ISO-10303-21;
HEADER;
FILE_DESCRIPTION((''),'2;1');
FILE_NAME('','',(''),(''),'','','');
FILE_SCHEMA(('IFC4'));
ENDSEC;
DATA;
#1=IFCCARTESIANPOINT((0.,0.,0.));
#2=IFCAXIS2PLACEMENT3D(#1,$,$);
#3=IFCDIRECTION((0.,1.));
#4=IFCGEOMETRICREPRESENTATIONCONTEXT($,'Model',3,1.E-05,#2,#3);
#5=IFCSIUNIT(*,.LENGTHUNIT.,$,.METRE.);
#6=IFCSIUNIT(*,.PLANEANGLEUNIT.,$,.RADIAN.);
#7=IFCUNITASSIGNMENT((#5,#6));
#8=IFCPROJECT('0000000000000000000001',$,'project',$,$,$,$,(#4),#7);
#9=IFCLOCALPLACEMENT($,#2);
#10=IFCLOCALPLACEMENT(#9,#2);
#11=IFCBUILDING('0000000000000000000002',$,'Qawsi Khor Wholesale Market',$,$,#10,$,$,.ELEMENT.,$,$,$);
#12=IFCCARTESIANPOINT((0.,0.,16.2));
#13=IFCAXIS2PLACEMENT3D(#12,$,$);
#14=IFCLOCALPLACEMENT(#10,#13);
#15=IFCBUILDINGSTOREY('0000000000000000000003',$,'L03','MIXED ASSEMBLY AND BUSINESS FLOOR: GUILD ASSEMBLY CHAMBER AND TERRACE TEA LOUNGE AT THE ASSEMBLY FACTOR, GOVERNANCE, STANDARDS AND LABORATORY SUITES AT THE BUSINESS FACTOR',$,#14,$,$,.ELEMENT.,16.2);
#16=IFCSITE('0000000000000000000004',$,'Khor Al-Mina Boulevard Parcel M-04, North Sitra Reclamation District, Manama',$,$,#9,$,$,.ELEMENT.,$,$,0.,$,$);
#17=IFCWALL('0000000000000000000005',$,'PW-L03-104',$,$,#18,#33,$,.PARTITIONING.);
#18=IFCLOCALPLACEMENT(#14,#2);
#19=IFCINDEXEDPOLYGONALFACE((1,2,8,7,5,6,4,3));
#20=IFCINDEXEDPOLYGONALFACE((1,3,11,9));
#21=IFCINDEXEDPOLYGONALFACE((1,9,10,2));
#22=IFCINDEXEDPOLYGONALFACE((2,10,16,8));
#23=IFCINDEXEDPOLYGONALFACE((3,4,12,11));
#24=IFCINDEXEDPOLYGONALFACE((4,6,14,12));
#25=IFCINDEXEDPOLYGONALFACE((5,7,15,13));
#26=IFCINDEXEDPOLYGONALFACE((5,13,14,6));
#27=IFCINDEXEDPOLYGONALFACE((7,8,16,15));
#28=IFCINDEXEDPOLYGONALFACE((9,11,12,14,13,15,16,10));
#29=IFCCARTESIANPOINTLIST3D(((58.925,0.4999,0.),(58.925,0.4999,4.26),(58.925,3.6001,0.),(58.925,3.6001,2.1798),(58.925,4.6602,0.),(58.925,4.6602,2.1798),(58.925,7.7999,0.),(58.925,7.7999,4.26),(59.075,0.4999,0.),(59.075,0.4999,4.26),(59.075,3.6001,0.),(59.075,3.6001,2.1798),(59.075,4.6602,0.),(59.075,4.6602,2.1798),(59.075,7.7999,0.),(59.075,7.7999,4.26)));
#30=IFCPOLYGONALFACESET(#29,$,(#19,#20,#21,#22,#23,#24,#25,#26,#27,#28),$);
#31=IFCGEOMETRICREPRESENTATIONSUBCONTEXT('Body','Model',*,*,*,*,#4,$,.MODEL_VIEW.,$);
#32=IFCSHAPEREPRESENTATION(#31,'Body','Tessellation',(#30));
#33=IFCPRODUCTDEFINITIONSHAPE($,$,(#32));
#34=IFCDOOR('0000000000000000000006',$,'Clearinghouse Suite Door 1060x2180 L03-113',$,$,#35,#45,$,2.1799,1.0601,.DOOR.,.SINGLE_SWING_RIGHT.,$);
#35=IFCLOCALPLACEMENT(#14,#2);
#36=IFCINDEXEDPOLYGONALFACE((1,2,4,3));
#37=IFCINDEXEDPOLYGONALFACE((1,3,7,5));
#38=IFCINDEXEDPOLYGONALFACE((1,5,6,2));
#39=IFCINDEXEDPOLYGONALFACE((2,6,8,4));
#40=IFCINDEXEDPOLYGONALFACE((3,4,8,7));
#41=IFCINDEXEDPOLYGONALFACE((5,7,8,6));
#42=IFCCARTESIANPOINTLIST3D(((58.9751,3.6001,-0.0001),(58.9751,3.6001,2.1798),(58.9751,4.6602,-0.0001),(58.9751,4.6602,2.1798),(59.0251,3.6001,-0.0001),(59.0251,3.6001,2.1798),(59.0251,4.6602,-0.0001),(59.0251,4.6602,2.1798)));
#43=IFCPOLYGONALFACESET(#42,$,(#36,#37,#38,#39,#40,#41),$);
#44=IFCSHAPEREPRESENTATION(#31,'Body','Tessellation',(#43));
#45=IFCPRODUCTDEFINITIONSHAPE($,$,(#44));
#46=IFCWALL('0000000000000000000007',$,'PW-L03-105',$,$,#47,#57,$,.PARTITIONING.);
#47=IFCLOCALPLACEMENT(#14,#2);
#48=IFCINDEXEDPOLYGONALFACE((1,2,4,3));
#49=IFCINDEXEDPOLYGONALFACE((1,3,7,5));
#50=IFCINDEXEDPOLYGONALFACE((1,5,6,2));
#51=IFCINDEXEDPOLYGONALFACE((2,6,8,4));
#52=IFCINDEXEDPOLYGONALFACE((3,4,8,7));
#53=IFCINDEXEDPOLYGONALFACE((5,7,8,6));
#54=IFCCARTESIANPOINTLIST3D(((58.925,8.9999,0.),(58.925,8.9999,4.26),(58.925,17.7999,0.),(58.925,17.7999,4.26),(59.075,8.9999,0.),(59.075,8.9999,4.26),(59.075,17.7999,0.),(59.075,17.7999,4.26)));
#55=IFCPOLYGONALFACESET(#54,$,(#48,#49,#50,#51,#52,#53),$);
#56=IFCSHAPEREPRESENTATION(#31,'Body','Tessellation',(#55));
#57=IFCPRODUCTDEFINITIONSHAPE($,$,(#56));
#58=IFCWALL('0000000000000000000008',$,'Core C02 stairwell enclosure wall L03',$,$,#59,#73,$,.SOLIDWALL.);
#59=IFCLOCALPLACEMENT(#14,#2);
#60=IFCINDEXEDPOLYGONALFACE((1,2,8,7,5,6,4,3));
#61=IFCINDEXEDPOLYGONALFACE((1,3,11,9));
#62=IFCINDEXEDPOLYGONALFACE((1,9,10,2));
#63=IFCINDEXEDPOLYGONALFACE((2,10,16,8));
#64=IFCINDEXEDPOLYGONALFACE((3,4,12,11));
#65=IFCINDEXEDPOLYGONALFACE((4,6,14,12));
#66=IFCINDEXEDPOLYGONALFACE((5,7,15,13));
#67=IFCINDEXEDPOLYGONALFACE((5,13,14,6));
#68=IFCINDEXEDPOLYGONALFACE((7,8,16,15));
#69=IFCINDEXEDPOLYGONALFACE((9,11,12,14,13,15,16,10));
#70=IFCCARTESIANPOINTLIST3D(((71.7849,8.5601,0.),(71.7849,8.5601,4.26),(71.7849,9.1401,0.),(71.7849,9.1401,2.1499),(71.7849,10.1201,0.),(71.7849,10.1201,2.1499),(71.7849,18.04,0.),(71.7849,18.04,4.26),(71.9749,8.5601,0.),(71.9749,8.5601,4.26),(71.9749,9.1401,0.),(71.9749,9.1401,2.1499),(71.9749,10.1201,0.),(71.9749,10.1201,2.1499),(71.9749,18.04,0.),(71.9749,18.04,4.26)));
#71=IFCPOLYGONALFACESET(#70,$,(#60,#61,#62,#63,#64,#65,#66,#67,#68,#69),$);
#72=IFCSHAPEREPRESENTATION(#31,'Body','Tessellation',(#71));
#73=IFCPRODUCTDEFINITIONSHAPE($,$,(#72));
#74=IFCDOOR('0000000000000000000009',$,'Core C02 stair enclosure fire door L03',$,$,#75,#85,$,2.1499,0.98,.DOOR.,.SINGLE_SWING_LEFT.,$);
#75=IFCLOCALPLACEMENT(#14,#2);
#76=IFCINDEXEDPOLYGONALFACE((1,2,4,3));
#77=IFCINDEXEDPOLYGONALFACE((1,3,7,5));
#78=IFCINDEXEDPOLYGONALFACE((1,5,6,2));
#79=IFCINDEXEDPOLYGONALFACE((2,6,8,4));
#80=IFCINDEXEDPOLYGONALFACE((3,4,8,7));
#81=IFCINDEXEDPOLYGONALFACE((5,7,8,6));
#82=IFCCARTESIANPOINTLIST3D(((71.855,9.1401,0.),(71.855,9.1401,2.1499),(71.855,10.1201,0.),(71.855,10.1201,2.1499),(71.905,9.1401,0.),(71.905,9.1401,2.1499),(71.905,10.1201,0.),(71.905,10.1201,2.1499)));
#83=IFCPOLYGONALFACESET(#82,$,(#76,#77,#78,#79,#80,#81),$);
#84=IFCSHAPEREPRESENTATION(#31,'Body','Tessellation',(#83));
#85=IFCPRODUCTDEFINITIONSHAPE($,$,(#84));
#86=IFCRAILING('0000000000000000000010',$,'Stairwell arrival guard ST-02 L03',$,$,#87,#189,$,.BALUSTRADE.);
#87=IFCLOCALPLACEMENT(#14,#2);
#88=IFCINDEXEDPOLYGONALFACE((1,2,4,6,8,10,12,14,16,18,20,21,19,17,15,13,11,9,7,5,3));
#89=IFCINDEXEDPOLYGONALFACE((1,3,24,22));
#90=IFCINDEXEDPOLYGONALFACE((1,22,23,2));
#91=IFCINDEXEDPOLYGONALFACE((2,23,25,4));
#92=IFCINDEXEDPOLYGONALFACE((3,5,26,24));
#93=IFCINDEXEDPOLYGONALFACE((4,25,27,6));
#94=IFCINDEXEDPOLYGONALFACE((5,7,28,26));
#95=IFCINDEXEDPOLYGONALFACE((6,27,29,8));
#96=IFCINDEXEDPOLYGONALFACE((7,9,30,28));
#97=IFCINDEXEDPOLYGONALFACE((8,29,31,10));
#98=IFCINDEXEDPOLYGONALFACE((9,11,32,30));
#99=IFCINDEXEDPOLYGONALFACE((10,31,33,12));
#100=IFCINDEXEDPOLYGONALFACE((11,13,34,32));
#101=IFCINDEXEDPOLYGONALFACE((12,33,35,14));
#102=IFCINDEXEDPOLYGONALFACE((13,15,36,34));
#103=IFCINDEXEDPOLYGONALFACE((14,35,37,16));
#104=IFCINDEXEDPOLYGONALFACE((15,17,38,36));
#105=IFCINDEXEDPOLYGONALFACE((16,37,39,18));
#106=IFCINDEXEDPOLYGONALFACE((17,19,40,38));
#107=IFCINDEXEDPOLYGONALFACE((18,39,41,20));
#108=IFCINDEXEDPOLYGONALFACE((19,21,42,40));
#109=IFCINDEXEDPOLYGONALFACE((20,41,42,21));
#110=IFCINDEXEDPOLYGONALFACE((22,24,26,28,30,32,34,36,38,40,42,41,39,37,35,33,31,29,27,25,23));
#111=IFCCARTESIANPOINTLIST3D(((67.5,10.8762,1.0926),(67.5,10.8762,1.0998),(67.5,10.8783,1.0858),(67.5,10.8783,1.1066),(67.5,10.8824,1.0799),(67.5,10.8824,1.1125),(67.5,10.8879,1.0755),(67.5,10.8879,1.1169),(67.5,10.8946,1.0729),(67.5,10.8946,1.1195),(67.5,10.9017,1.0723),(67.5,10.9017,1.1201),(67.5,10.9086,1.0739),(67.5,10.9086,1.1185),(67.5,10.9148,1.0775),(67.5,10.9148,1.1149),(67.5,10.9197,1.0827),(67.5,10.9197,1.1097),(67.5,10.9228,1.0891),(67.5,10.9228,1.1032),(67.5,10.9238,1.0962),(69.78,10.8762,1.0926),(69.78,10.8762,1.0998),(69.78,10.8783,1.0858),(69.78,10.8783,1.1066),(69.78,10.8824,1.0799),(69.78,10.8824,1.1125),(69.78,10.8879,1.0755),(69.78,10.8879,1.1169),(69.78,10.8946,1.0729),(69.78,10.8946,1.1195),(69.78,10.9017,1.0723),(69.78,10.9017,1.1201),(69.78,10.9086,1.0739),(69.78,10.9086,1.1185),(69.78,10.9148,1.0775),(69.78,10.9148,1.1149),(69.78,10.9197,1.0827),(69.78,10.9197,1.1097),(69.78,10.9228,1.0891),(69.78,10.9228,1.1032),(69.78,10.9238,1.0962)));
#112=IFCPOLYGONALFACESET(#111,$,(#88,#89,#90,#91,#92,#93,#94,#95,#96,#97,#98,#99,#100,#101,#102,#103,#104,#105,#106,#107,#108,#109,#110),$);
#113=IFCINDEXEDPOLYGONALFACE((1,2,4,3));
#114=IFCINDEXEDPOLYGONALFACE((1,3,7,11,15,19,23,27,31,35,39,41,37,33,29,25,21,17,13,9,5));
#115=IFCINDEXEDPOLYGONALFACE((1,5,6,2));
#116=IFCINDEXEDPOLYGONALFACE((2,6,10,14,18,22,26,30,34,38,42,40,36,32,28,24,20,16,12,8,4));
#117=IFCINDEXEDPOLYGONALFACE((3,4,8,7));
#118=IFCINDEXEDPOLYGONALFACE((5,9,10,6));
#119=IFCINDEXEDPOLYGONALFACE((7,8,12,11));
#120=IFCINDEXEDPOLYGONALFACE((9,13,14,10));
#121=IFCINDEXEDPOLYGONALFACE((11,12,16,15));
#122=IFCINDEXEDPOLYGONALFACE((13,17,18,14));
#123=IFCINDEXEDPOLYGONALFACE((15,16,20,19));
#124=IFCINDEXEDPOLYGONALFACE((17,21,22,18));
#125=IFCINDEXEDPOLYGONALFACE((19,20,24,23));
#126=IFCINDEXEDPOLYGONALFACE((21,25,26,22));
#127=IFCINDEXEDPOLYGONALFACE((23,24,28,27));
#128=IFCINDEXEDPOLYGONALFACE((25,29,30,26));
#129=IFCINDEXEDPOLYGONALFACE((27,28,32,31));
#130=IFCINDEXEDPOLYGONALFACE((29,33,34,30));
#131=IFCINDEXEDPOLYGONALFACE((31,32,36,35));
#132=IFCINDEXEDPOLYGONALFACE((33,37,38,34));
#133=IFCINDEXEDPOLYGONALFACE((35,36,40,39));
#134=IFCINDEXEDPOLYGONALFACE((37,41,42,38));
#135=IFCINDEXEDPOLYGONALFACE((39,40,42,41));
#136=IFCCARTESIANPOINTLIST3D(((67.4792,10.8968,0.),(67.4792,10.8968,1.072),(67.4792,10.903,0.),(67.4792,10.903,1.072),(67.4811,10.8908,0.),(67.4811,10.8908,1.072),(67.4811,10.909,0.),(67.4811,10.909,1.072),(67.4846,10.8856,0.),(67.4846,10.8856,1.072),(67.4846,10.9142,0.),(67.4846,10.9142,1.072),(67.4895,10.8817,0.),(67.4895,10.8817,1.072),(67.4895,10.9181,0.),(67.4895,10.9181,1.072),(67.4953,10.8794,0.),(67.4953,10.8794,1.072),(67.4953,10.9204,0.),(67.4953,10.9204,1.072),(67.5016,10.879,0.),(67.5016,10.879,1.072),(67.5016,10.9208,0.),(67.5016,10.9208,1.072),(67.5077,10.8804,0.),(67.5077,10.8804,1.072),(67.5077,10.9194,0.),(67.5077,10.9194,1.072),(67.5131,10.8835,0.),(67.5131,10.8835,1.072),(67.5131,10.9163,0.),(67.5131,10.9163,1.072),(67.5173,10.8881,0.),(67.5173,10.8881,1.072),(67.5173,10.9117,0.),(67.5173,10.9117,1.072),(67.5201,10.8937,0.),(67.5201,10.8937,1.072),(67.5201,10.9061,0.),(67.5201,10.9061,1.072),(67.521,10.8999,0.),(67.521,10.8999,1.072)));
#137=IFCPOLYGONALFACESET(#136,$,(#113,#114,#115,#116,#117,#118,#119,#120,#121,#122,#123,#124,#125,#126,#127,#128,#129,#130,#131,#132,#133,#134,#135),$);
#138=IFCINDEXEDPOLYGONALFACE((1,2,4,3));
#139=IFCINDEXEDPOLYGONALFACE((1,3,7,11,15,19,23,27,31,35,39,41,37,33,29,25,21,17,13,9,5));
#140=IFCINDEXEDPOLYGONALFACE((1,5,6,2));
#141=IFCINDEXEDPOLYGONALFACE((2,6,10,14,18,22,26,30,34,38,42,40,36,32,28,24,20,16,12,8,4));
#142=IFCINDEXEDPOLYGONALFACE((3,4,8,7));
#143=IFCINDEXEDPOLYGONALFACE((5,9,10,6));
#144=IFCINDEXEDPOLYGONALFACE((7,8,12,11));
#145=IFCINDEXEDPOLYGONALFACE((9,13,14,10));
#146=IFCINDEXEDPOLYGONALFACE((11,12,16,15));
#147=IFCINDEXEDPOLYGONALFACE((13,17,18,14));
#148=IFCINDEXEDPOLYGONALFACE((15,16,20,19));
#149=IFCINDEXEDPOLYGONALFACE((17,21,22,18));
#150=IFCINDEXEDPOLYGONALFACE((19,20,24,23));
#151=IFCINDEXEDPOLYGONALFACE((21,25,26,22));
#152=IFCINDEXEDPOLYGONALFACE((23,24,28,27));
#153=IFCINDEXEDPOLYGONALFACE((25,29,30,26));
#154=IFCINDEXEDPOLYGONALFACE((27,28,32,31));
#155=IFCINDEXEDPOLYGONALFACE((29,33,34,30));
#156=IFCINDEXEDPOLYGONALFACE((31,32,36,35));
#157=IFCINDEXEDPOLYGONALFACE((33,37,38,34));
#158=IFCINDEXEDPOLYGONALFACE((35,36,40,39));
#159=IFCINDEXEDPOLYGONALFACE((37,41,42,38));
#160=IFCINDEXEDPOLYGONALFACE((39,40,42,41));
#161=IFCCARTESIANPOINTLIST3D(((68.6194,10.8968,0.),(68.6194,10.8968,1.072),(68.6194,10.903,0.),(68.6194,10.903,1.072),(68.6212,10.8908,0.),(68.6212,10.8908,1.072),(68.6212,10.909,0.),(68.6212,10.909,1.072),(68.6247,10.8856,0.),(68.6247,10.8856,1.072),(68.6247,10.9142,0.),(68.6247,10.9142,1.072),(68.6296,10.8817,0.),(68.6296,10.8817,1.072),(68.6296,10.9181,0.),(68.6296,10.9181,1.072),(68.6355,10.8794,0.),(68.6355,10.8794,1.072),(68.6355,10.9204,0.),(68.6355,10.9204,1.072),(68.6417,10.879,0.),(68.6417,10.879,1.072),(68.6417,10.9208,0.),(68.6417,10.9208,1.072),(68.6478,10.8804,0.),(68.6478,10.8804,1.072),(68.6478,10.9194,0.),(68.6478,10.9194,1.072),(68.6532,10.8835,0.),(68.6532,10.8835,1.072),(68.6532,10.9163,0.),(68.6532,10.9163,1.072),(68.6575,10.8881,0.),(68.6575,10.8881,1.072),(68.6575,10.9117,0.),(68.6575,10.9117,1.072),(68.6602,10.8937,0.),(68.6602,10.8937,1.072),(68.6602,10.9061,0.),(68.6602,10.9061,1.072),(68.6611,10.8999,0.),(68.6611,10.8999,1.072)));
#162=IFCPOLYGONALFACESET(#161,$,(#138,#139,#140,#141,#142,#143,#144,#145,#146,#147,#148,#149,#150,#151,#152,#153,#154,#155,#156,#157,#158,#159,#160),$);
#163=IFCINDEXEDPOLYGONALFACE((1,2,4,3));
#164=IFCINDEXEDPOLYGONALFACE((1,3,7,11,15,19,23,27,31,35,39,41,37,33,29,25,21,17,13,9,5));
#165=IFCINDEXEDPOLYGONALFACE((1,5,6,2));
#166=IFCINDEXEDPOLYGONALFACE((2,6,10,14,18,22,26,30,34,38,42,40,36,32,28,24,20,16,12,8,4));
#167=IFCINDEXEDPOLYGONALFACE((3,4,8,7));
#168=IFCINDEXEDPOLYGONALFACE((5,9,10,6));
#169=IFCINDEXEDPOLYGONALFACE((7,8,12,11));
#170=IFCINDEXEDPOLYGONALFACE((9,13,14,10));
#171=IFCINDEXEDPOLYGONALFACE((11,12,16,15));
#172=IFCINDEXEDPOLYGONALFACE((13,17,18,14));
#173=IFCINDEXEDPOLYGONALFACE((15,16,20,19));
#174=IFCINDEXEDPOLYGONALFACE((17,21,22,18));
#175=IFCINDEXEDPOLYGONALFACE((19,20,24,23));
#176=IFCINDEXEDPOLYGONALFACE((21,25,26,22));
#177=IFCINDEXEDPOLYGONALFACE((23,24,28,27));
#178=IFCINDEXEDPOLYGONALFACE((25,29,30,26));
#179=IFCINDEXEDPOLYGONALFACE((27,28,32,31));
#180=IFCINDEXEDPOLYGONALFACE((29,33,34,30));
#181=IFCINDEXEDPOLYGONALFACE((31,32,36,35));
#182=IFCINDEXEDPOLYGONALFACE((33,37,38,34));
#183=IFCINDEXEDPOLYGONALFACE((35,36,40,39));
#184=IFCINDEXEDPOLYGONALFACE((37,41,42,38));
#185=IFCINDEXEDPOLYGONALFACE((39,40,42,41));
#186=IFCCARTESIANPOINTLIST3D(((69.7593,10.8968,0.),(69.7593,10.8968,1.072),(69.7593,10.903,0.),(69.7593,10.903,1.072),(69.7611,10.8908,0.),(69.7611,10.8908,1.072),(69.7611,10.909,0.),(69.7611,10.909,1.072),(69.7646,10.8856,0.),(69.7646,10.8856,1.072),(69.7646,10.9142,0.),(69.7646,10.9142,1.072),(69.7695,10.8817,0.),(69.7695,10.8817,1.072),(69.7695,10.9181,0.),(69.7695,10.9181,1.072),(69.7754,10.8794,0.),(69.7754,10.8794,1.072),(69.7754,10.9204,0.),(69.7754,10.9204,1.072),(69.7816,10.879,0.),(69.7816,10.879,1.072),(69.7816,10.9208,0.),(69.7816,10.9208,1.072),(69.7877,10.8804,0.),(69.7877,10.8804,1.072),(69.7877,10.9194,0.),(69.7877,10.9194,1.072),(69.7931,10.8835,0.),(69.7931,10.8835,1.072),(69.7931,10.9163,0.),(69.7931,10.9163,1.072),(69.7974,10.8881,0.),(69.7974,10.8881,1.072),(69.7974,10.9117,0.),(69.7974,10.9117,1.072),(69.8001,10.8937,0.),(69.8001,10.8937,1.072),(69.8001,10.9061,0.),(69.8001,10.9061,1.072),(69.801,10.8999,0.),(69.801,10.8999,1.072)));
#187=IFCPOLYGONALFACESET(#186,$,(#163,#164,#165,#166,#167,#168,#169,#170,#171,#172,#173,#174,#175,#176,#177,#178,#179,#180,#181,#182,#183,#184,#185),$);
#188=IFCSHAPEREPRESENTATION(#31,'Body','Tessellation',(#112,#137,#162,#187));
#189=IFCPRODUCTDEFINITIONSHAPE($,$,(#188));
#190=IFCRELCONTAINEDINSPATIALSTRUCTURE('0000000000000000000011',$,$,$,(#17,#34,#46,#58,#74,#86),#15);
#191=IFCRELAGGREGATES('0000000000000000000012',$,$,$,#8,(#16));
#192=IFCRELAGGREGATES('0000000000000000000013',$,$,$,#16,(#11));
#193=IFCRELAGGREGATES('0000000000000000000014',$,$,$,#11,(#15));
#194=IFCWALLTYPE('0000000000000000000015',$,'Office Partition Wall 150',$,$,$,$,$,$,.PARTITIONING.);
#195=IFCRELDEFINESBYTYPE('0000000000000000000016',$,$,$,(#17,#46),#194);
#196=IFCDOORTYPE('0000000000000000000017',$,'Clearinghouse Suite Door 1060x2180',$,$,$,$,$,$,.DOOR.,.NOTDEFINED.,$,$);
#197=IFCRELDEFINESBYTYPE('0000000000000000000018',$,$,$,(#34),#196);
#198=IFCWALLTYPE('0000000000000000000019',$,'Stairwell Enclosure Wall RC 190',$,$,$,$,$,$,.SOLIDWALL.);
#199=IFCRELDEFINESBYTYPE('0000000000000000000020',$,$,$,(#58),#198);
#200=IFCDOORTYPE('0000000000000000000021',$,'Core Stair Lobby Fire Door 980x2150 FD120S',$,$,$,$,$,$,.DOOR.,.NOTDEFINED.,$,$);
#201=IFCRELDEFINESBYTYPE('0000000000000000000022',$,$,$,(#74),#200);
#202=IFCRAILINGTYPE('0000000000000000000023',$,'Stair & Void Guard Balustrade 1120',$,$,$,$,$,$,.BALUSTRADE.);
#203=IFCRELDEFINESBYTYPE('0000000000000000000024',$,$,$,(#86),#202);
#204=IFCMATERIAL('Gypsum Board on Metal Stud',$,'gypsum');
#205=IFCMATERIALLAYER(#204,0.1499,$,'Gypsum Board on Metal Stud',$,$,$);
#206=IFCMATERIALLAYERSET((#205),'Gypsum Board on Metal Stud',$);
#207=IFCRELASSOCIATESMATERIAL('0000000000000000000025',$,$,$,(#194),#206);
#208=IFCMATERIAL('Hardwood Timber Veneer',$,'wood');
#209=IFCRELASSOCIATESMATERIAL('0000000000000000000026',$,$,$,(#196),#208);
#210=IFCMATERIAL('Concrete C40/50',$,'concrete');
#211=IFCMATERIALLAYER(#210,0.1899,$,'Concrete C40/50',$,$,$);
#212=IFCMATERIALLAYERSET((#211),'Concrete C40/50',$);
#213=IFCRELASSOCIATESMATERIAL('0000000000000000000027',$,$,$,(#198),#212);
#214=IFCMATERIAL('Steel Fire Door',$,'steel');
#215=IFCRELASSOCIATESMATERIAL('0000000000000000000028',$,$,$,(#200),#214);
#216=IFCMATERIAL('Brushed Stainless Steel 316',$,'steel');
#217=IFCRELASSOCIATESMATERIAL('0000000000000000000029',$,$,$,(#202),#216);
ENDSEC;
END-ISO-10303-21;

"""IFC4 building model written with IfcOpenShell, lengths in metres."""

from ifc_helpers import new_model, si_unit, direction, frame, frame_2d, origin, origin_2d, place, context, subcontext, project, spatial, rectangle, circle, extrude, material, layer, layer_set, type_object, element, fill, save


model = new_model("IFC4")

# Units and contexts
model_context = context("Model", 3, precision=1e-05, world=origin(), true_north=direction((0.0, 1.0)))
body_context = subcontext(model_context, "Body", "Model", "MODEL_VIEW")
ifc_project = project(units=[si_unit("LENGTHUNIT", "METRE"), si_unit("PLANEANGLEUNIT", "RADIAN")], contexts=[model_context])

# Site, building, storey
site_placement = place(None, origin())
site = spatial("IfcSite", under=ifc_project, at=site_placement, Name="Khor Al-Mina Boulevard Parcel M-04, North Sitra Reclamation District, Manama", CompositionType="ELEMENT", RefElevation=0.0)
building_placement = place(site_placement, origin())
building = spatial("IfcBuilding", under=site, at=building_placement, Name="Qawsi Khor Wholesale Market", CompositionType="ELEMENT")
storey_placement = place(building_placement, frame((0.0, 0.0, 16.2)))
storey = spatial("IfcBuildingStorey", under=building, at=storey_placement, Name="L03", Description="MIXED ASSEMBLY AND BUSINESS FLOOR: GUILD ASSEMBLY CHAMBER AND TERRACE TEA LOUNGE AT THE ASSEMBLY FACTOR, GOVERNANCE, STANDARDS AND LABORATORY SUITES AT THE BUSINESS FACTOR", CompositionType="ELEMENT", Elevation=16.2)

# Shared definitions
ifc_material_1 = material(Name="Concrete C40/50", Category="concrete")

# Shared definitions
ifc_material_2 = material(Name="Steel Fire Door", Category="steel")
ifc_material_3 = material(Name="Gypsum Board on Metal Stud", Category="gypsum")
ifc_layer_1 = layer(ifc_material_3, 0.1499, Name="Gypsum Board on Metal Stud")
ifc_layer_set_1 = layer_set([ifc_layer_1], Name="Gypsum Board on Metal Stud")
wall_type_1 = type_object("IfcWallType", Name="Office Partition Wall 150", PredefinedType="PARTITIONING", material=ifc_layer_set_1)
ifc_material_4 = material(Name="Hardwood Timber Veneer", Category="wood")
door_type_1 = type_object("IfcDoorType", Name="Clearinghouse Suite Door 1060x2180", OperationType="NOTDEFINED", PredefinedType="DOOR", material=ifc_material_4)

# Wall, opening, door
wall_1_placement = place(storey_placement, frame((59.0, 0.5, 0.0), z_axis=(0.0, 0.0, 1.0), x_axis=(0.0, 1.0, 0.0)))
wall_1 = element("IfcWall", 1, at=wall_1_placement, inside=storey, type_object=wall_type_1, Name="PW-L03-104", PredefinedType="PARTITIONING", context=body_context, shape_type="SweptSolid", body=[
    extrude(rectangle(XDim=7.3, YDim=0.1499, at=frame_2d((3.6499, 0.0))), origin(), (0.0, 0.0, 1.0), 4.26),
])
opening_1_placement = place(wall_1_placement, frame((3.1001, 0.0, 0.0)))
opening_1 = element("IfcOpeningElement", 2, at=opening_1_placement, cuts=wall_1, PredefinedType="OPENING", context=body_context, shape_type="SweptSolid", body=[
    extrude(rectangle(XDim=1.0601, YDim=2.1799, at=frame_2d((0.53, 1.0898))), frame((0.0, 0.085, 0.0), z_axis=(0.0, -1.0, 0.0), x_axis=(1.0, 0.0, 0.0)), (0.0, 0.0, 1.0), 0.1699),
])
door_1_placement = place(opening_1_placement, origin())
door_1 = element("IfcDoor", 3, at=door_1_placement, inside=storey, type_object=door_type_1, Name="Clearinghouse Suite Door 1060x2180 L03-113", OperationType="SINGLE_SWING_RIGHT", OverallHeight=2.1799, OverallWidth=1.0601, PredefinedType="DOOR", context=body_context, shape_type="SweptSolid", body=[
    extrude(rectangle(XDim=1.0601, YDim=2.1799, at=frame_2d((0.53, 1.0898))), frame((0.0, 0.0249, 0.0), z_axis=(0.0, -1.0, 0.0), x_axis=(1.0, 0.0, 0.0)), (0.0, 0.0, 1.0), 0.05),
])
fill(opening_1, door_1)

# Wall
wall_2_placement = place(storey_placement, frame((59.0, 9.0, 0.0), z_axis=(0.0, 0.0, 1.0), x_axis=(0.0, 1.0, 0.0)))
element("IfcWall", 4, at=wall_2_placement, inside=storey, type_object=wall_type_1, Name="PW-L03-105", PredefinedType="PARTITIONING", context=body_context, shape_type="SweptSolid", body=[
    extrude(rectangle(XDim=8.8, YDim=0.1499, at=frame_2d((4.3999, 0.0))), origin(), (0.0, 0.0, 1.0), 4.26),
])

# Wall, opening, door
ifc_layer_2 = layer(ifc_material_1, 0.1899, Name="Concrete C40/50")
ifc_layer_set_2 = layer_set([ifc_layer_2], Name="Concrete C40/50")
wall_type_2 = type_object("IfcWallType", Name="Stairwell Enclosure Wall RC 190", PredefinedType="SOLIDWALL", material=ifc_layer_set_2)
wall_3_placement = place(storey_placement, frame((71.8799, 8.5601, 0.0), z_axis=(0.0, 0.0, 1.0), x_axis=(0.0, 1.0, 0.0)))
wall_3 = element("IfcWall", 5, at=wall_3_placement, inside=storey, type_object=wall_type_2, Name="Core C02 stairwell enclosure wall L03", PredefinedType="SOLIDWALL", context=body_context, shape_type="SweptSolid", body=[
    extrude(rectangle(XDim=9.48, YDim=0.1899, at=frame_2d((4.74, 0.0))), origin(), (0.0, 0.0, 1.0), 4.26),
])
opening_2_placement = place(wall_3_placement, frame((0.5801, 0.0, 0.0)))
opening_2 = element("IfcOpeningElement", 6, at=opening_2_placement, cuts=wall_3, PredefinedType="OPENING", context=body_context, shape_type="SweptSolid", body=[
    extrude(rectangle(XDim=0.98, YDim=2.1499, at=frame_2d((0.49, 1.075))), frame((0.0, 0.105, 0.0), z_axis=(0.0, -1.0, 0.0), x_axis=(1.0, 0.0, 0.0)), (0.0, 0.0, 1.0), 0.21),
])
door_type_2 = type_object("IfcDoorType", Name="Core Stair Lobby Fire Door 980x2150 FD120S", OperationType="NOTDEFINED", PredefinedType="DOOR", material=ifc_material_2)
door_2_placement = place(opening_2_placement, origin())
door_2 = element("IfcDoor", 7, at=door_2_placement, inside=storey, type_object=door_type_2, Name="Core C02 stair enclosure fire door L03", OperationType="SINGLE_SWING_LEFT", OverallHeight=2.1499, OverallWidth=0.98, PredefinedType="DOOR", context=body_context, shape_type="SweptSolid", body=[
    extrude(rectangle(XDim=0.98, YDim=2.1499, at=frame_2d((0.49, 1.075))), frame((0.0, 0.0249, 0.0), z_axis=(0.0, -1.0, 0.0), x_axis=(1.0, 0.0, 0.0)), (0.0, 0.0, 1.0), 0.05),
])
fill(opening_2, door_2)

# Railing
ifc_material_5 = material(Name="Brushed Stainless Steel 316", Category="steel")
railing_type = type_object("IfcRailingType", Name="Stair & Void Guard Balustrade 1120", PredefinedType="BALUSTRADE", material=ifc_material_5)
railing_placement = place(storey_placement, frame((67.5, 10.8999, 0.0)))
element("IfcRailing", 8, at=railing_placement, inside=storey, type_object=railing_type, Name="Stairwell arrival guard ST-02 L03", PredefinedType="BALUSTRADE", context=body_context, shape_type="SweptSolid", body=[
    extrude(circle(Radius=0.0239, at=origin_2d()), frame((0.0, 0.0, 1.0962), z_axis=(1.0, 0.0, 0.0), x_axis=(0.0, 1.0, 0.0)), (0.0, 0.0, 1.0), 2.28),
    extrude(circle(Radius=0.021, at=origin_2d()), origin(), (0.0, 0.0, 1.0), 1.072),
    extrude(circle(Radius=0.021, at=origin_2d()), frame((1.1401, 0.0, 0.0)), (0.0, 0.0, 1.0), 1.072),
    extrude(circle(Radius=0.021, at=origin_2d()), frame((2.28, 0.0, 0.0)), (0.0, 0.0, 1.0), 1.072),
])

save(model, "model.ifc")
